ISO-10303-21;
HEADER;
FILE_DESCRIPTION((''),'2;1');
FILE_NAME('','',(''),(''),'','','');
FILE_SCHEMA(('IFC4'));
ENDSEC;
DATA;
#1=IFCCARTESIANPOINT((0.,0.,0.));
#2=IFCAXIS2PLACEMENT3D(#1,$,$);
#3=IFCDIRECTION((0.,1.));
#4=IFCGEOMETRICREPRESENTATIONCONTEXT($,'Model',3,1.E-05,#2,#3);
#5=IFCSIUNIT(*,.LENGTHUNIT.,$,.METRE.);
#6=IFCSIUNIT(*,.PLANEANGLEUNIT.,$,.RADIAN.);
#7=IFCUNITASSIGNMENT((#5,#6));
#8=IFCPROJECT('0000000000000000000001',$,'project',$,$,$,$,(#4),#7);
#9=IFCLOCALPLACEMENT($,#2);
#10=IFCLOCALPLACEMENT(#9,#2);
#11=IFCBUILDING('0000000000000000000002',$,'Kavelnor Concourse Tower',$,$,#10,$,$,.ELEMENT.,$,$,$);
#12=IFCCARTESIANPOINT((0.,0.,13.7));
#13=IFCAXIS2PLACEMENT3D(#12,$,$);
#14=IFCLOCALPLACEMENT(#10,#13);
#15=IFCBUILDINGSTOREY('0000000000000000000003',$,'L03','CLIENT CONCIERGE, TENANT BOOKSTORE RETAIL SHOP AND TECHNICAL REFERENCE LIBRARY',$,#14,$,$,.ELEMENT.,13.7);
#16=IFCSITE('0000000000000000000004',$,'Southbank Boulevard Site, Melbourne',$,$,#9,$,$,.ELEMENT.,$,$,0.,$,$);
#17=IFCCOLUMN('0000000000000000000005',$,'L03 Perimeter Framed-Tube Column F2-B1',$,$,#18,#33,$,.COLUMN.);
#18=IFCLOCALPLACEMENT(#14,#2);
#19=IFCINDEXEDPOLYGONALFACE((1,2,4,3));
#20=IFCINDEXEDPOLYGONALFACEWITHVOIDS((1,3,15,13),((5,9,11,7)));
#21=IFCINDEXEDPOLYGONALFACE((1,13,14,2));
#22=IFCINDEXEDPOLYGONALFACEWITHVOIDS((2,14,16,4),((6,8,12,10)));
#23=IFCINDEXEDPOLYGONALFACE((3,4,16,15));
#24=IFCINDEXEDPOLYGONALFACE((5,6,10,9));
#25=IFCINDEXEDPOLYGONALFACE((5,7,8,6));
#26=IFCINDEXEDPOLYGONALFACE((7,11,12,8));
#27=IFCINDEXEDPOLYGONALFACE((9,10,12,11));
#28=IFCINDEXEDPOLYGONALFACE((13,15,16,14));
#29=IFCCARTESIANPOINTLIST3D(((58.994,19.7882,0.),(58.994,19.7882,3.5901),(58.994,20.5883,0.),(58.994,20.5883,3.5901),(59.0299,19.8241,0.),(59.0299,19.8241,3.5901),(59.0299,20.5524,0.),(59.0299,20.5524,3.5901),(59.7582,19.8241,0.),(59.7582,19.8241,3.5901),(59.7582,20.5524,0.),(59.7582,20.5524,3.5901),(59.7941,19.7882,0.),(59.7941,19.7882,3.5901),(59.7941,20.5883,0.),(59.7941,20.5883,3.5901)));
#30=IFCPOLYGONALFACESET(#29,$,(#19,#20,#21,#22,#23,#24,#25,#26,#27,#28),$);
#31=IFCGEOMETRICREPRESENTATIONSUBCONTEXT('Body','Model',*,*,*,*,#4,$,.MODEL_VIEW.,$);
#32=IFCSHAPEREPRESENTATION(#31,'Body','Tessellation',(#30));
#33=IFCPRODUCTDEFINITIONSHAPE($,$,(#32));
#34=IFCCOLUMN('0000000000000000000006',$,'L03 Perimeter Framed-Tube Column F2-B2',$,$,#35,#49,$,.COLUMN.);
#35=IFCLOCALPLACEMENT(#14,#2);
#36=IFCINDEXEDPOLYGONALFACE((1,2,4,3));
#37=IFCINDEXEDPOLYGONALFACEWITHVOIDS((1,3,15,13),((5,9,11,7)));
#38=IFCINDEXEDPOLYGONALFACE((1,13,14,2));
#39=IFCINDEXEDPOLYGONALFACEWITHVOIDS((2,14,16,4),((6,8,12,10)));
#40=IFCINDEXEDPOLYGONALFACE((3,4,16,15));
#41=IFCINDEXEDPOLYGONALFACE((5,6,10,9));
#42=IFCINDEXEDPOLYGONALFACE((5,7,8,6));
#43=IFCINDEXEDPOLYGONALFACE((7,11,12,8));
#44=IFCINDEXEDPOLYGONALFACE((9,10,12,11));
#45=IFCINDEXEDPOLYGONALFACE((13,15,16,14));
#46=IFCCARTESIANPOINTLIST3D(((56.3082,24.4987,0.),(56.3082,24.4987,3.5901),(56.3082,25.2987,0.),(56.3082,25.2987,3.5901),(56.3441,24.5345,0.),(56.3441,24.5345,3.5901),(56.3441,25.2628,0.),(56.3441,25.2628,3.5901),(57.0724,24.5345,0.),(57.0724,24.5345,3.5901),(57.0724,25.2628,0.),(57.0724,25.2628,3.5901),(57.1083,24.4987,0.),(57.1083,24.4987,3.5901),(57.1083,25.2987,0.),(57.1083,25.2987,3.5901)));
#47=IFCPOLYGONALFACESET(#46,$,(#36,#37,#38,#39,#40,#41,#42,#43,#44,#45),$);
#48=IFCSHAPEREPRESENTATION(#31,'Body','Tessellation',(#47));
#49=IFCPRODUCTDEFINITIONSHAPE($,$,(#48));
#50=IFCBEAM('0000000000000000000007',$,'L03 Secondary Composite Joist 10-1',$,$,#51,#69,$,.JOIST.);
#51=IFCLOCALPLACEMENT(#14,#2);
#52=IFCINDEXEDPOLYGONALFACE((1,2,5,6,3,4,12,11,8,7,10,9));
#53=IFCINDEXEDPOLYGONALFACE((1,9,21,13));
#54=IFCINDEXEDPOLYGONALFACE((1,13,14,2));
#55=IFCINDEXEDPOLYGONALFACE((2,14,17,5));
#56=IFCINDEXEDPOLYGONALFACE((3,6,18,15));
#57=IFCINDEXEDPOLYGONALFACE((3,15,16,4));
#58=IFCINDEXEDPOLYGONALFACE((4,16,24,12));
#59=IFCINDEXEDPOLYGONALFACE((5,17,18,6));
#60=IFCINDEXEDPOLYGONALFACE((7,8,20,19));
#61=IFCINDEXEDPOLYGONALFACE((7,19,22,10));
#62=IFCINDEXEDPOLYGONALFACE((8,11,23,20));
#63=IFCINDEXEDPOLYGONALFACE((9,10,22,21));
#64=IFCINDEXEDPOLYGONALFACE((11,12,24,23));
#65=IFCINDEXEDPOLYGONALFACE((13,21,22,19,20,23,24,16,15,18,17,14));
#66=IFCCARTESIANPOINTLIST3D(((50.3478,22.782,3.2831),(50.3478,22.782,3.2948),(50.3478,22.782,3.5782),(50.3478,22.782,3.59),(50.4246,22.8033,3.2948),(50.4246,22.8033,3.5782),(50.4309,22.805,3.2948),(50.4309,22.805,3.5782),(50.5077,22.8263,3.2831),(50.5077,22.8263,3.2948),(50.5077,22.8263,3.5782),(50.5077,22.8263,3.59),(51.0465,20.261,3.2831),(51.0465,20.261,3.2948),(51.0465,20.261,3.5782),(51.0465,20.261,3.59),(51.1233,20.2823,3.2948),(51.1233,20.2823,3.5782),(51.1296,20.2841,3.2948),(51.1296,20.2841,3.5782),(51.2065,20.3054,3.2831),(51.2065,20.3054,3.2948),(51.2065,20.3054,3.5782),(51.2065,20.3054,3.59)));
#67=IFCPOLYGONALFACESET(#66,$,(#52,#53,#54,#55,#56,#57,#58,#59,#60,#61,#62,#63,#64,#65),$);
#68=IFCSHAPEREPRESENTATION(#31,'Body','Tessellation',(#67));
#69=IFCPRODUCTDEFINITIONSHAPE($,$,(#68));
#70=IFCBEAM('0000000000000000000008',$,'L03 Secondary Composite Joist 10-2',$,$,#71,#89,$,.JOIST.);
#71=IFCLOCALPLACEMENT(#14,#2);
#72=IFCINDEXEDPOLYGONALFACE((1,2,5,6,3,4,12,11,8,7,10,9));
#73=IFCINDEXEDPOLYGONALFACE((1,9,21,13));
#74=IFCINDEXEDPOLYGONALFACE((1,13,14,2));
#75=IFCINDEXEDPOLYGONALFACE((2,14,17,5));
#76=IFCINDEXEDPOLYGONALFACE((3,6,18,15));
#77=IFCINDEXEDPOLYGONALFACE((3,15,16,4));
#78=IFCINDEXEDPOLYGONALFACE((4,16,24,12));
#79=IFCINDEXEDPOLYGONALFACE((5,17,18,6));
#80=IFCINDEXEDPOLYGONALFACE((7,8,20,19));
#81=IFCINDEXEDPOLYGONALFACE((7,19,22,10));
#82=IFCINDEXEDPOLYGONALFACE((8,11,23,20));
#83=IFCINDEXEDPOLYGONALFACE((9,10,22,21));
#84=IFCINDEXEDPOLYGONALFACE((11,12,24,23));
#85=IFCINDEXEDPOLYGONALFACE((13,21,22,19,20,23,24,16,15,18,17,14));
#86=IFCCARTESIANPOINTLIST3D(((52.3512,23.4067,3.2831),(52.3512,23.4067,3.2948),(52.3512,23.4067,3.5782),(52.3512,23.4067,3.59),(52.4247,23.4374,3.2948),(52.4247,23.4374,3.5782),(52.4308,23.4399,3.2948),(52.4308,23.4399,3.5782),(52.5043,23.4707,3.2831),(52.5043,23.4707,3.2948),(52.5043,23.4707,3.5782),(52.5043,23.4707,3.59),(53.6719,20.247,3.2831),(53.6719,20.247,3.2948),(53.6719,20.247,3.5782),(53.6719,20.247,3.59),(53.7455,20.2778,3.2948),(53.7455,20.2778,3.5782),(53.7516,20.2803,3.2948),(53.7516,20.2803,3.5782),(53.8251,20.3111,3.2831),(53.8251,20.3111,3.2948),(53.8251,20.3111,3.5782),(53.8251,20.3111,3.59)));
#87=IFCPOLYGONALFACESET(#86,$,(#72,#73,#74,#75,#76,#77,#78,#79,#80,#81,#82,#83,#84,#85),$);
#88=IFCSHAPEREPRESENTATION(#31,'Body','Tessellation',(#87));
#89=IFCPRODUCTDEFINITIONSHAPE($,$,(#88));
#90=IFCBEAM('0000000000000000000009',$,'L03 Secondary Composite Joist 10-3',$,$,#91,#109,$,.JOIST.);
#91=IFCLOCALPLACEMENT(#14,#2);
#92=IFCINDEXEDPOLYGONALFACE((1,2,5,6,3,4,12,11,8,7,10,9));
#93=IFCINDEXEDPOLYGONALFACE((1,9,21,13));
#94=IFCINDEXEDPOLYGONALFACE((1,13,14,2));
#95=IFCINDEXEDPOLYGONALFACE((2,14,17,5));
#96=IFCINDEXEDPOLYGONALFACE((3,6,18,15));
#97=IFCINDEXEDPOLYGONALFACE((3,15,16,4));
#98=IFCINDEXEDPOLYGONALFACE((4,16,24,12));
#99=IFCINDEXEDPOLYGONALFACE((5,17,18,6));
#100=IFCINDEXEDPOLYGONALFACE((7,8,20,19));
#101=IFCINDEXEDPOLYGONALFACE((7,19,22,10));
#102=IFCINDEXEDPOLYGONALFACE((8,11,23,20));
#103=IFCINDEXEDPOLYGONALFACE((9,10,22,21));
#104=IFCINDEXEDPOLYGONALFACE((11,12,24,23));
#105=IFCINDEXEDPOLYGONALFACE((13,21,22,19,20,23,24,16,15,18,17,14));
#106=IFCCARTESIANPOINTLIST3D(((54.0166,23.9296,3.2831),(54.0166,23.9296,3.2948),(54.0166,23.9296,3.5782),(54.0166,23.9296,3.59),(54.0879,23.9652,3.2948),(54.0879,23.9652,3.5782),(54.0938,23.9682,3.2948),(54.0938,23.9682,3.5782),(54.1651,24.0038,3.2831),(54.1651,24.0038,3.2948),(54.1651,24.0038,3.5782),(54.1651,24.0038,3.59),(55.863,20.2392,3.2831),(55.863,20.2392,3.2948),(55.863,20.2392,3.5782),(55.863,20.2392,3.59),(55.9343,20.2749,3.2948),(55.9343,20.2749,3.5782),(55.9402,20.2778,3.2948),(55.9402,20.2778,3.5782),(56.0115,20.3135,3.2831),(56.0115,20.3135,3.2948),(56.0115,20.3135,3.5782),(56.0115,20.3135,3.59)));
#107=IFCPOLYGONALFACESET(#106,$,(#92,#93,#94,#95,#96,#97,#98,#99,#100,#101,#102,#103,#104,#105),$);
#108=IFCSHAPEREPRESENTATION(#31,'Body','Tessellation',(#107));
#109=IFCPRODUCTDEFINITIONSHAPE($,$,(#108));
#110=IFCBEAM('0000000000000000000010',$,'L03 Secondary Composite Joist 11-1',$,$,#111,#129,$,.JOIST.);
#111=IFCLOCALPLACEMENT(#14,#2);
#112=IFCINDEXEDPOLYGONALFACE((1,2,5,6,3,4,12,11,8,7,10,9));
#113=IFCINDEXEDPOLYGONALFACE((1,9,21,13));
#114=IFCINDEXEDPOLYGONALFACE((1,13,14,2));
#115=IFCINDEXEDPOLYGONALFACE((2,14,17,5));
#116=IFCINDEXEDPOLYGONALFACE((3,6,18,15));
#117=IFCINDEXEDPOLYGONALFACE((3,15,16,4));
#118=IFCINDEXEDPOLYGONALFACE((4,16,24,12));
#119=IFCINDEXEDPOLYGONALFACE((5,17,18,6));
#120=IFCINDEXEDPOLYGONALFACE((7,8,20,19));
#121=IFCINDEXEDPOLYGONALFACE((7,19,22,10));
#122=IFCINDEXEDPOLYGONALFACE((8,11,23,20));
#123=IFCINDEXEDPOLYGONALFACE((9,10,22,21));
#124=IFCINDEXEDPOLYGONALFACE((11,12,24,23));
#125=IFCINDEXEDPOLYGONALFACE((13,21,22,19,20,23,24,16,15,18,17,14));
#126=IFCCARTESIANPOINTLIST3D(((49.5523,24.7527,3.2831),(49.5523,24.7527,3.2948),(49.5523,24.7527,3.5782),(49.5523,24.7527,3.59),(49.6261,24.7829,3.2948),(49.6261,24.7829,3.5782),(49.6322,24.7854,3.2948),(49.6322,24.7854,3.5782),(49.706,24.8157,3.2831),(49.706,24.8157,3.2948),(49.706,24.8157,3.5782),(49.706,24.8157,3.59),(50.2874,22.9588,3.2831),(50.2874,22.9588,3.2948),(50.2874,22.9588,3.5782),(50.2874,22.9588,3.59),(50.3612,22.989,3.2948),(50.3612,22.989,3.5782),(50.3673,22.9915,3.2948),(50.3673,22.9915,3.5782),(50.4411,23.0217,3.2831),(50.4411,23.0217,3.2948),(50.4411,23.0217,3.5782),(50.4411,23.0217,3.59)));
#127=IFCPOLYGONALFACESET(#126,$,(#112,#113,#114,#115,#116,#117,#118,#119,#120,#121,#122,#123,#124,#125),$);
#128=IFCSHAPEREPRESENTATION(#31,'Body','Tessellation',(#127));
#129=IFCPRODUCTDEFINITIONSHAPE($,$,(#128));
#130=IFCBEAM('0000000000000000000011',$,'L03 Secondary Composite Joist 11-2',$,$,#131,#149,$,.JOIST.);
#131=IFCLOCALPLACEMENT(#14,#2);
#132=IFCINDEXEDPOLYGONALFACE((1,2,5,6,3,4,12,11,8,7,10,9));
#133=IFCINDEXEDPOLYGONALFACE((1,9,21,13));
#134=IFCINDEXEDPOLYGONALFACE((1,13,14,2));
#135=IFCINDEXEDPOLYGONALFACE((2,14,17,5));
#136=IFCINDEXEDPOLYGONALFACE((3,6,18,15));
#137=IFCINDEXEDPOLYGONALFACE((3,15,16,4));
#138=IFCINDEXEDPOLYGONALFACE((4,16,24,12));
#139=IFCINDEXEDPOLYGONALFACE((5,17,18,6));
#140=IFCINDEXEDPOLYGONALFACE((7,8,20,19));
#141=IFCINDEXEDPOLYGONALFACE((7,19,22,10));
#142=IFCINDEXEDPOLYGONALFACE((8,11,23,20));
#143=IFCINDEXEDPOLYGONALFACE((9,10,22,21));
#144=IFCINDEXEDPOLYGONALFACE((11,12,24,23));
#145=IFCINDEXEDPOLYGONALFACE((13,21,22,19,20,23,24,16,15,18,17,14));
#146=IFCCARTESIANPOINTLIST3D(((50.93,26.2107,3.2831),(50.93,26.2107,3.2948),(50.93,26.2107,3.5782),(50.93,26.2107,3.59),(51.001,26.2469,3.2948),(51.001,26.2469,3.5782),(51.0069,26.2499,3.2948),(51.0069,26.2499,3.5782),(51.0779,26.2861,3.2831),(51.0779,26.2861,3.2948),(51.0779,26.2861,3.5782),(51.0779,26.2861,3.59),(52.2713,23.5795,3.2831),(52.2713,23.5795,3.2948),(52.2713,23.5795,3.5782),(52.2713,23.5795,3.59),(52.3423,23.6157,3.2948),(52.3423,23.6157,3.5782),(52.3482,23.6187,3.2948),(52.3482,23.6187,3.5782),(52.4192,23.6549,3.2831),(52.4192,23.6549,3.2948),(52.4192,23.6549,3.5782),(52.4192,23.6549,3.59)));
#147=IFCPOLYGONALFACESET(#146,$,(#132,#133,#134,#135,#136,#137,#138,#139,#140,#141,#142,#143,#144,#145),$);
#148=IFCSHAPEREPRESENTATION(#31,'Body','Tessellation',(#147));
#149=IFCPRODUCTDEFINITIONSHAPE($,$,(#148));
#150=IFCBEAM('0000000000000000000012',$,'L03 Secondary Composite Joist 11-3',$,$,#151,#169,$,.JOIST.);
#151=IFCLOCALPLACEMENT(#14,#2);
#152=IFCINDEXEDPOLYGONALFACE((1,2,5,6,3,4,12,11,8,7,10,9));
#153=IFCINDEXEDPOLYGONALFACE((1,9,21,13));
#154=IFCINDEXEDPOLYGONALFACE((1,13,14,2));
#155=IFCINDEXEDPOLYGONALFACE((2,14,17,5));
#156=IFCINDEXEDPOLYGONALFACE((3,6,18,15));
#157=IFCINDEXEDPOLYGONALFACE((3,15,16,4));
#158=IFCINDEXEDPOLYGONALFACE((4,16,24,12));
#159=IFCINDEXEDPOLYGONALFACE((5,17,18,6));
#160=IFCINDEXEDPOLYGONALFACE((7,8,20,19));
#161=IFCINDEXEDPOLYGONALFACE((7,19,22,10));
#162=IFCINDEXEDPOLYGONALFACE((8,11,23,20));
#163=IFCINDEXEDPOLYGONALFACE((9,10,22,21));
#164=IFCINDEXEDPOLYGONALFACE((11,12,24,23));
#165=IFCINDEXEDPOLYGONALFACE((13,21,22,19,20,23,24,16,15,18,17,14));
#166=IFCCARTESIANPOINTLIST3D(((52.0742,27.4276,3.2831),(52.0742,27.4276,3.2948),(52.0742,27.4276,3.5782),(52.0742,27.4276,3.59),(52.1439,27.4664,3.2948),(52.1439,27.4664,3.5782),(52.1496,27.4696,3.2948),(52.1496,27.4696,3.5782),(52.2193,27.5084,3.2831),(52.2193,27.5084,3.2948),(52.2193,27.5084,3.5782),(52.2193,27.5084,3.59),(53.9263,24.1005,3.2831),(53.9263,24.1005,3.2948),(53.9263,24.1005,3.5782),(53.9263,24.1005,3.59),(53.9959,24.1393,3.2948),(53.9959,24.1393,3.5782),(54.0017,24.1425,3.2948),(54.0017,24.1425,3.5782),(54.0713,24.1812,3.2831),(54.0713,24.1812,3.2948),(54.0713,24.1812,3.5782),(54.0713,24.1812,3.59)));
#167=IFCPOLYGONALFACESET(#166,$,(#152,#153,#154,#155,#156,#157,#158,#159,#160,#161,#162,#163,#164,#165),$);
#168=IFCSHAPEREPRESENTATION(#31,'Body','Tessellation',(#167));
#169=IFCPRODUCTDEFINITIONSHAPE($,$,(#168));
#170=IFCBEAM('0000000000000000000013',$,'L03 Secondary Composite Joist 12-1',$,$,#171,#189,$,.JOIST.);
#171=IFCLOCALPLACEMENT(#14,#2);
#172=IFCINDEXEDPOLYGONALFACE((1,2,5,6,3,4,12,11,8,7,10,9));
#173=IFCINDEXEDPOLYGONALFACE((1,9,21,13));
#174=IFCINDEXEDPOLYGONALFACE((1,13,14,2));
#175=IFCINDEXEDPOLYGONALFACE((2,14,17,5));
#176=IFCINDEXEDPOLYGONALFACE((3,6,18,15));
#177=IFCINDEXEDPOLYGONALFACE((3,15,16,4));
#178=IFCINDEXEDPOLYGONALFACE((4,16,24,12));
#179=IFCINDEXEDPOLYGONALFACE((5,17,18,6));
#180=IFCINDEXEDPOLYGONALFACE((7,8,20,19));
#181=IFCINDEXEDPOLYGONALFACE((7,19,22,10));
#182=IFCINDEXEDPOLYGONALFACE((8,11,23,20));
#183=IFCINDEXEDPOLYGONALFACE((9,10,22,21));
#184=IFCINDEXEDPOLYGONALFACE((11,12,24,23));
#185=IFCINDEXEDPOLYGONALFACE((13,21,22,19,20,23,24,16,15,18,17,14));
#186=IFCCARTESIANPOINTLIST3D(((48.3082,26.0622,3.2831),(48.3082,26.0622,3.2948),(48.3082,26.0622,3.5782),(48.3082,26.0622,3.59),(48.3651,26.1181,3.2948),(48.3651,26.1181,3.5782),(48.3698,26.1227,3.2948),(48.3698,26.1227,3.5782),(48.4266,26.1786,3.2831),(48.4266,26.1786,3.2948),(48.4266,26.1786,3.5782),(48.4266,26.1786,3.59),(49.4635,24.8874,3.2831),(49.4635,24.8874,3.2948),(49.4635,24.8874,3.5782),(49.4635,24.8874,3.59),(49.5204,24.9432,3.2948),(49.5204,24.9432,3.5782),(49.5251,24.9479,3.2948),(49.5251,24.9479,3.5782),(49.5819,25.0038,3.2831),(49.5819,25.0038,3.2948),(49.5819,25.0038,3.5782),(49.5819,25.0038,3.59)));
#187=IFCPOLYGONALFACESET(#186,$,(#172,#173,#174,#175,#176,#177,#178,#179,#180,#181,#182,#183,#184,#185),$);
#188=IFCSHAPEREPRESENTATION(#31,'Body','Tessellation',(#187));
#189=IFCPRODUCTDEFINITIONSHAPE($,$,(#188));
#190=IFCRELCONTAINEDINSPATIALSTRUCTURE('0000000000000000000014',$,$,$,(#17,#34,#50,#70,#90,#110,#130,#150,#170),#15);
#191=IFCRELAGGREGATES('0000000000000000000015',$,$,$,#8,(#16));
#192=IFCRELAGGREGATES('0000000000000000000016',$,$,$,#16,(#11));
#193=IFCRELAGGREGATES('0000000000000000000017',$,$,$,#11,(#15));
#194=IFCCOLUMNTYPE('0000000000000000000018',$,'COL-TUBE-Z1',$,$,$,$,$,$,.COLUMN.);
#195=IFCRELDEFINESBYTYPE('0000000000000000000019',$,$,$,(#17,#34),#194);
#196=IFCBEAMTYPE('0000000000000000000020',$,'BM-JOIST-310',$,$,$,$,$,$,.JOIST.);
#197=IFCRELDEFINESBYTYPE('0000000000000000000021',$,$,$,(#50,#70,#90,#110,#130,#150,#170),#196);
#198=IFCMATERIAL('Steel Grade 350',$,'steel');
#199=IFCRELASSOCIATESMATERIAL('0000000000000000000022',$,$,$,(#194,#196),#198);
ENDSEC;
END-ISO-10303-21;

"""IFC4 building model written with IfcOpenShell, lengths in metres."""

from ifc_helpers import new_model, si_unit, direction, frame, origin, origin_2d, place, context, subcontext, project, spatial, hollow_rectangle, i_section, extrude, material, material_profile, profile_set, type_object, element, save


model = new_model("IFC4")

# Units and contexts
model_context = context("Model", 3, precision=1e-05, world=origin(), true_north=direction((0.0, 1.0)))
body_context = subcontext(model_context, "Body", "Model", "MODEL_VIEW")
ifc_project = project(units=[si_unit("LENGTHUNIT", "METRE"), si_unit("PLANEANGLEUNIT", "RADIAN")], contexts=[model_context])

# Site, building, storey
site_placement = place(None, origin())
site = spatial("IfcSite", under=ifc_project, at=site_placement, Name="Southbank Boulevard Site, Melbourne", CompositionType="ELEMENT", RefElevation=0.0)
building_placement = place(site_placement, origin())
building = spatial("IfcBuilding", under=site, at=building_placement, Name="Kavelnor Concourse Tower", CompositionType="ELEMENT")
storey_placement = place(building_placement, frame((0.0, 0.0, 13.7)))
storey = spatial("IfcBuildingStorey", under=building, at=storey_placement, Name="L03", Description="CLIENT CONCIERGE, TENANT BOOKSTORE RETAIL SHOP AND TECHNICAL REFERENCE LIBRARY", CompositionType="ELEMENT", Elevation=13.7)

# Columns
ifc_material_1 = material(Name="Steel Grade 350", Category="steel")
ifc_material_profile_1 = material_profile(ifc_material_1, hollow_rectangle(XDim=0.8, YDim=0.8, WallThickness=0.0359, at=origin_2d()), Name="SHS 800x800x36")
ifc_profile_set_1 = profile_set([ifc_material_profile_1], Name="Steel Grade 350")
column_type = type_object("IfcColumnType", Name="COL-TUBE-Z1", PredefinedType="COLUMN", material=ifc_profile_set_1)
for number, where, z_axis, x_axis, name in (
    (1, (59.394, 20.1882, 0.0), (0.0, 0.0, 1.0), (1.0, 0.0, 0.0), "L03 Perimeter Framed-Tube Column F2-B1"),
    (2, (56.7083, 24.8987, 0.0), (0.0, 0.0, 1.0), (1.0, 0.0, 0.0), "L03 Perimeter Framed-Tube Column F2-B2"),
):
    element("IfcColumn", number, at=place(storey_placement, frame(where, z_axis=z_axis, x_axis=x_axis)), inside=storey, type_object=column_type, Name=name, PredefinedType="COLUMN", context=body_context, shape_type="SweptSolid", body=[
        extrude(hollow_rectangle(XDim=0.8, YDim=0.8, WallThickness=0.0359, at=origin_2d()), origin(), (0.0, 0.0, 1.0), 3.5901),
    ])

# Beams
ifc_material_profile_2 = material_profile(ifc_material_1, i_section(OverallWidth=0.166, OverallDepth=0.3069, WebThickness=0.0066, FlangeThickness=0.0117, at=origin_2d()), Name="310UB46")
ifc_profile_set_2 = profile_set([ifc_material_profile_2], Name="Steel Grade 350")
beam_type_1 = type_object("IfcBeamType", Name="BM-JOIST-310", PredefinedType="JOIST", material=ifc_profile_set_2)
beam_1_placement = place(storey_placement, frame((51.1265, 20.2832, 3.4365), z_axis=(-0.267095, 0.96367, 0.0), x_axis=(-0.96367, -0.267095, 0.0)))
element("IfcBeam", 3, at=beam_1_placement, inside=storey, type_object=beam_type_1, Name="L03 Secondary Composite Joist 10-1", PredefinedType="JOIST", context=body_context, shape_type="SweptSolid", body=[
    extrude(i_section(OverallWidth=0.166, OverallDepth=0.3069, WebThickness=0.0066, FlangeThickness=0.0117, at=origin_2d()), origin(), (0.0, 0.0, 1.0), 2.616),
])
beam_2_placement = place(storey_placement, frame((53.7485, 20.2791, 3.4365), z_axis=(-0.385678, 0.922633, 0.0), x_axis=(-0.922633, -0.385678, 0.0)))
element("IfcBeam", 4, at=beam_2_placement, inside=storey, type_object=beam_type_1, Name="L03 Secondary Composite Joist 10-2", PredefinedType="JOIST", context=body_context, shape_type="SweptSolid", body=[
    extrude(i_section(OverallWidth=0.166, OverallDepth=0.3069, WebThickness=0.0066, FlangeThickness=0.0117, at=origin_2d()), origin(), (0.0, 0.0, 1.0), 3.4246),
])
beam_3_placement = place(storey_placement, frame((55.9373, 20.2764, 3.4365), z_axis=(-0.44745, 0.894309, 0.0), x_axis=(-0.894309, -0.44745, 0.0)))
element("IfcBeam", 5, at=beam_3_placement, inside=storey, type_object=beam_type_1, Name="L03 Secondary Composite Joist 10-3", PredefinedType="JOIST", context=body_context, shape_type="SweptSolid", body=[
    extrude(i_section(OverallWidth=0.166, OverallDepth=0.3069, WebThickness=0.0066, FlangeThickness=0.0117, at=origin_2d()), origin(), (0.0, 0.0, 1.0), 4.1265),
])
beam_4_placement = place(storey_placement, frame((50.3643, 22.9902, 3.4365), z_axis=(-0.379172, 0.925326, 0.0), x_axis=(-0.925326, -0.379172, 0.0)))
element("IfcBeam", 6, at=beam_4_placement, inside=storey, type_object=beam_type_1, Name="L03 Secondary Composite Joist 11-1", PredefinedType="JOIST", context=body_context, shape_type="SweptSolid", body=[
    extrude(i_section(OverallWidth=0.166, OverallDepth=0.3069, WebThickness=0.0066, FlangeThickness=0.0117, at=origin_2d()), origin(), (0.0, 0.0, 1.0), 1.9387),
])
beam_5_placement = place(storey_placement, frame((52.3452, 23.6172, 3.4365), z_axis=(-0.454144, 0.890928, 0.0), x_axis=(-0.890928, -0.454144, 0.0)))
element("IfcBeam", 7, at=beam_5_placement, inside=storey, type_object=beam_type_1, Name="L03 Secondary Composite Joist 11-2", PredefinedType="JOIST", context=body_context, shape_type="SweptSolid", body=[
    extrude(i_section(OverallWidth=0.166, OverallDepth=0.3069, WebThickness=0.0066, FlangeThickness=0.0117, at=origin_2d()), origin(), (0.0, 0.0, 1.0), 2.9534),
])
beam_6_placement = place(storey_placement, frame((53.9988, 24.1409, 3.4365), z_axis=(-0.486372, 0.873752, 0.0), x_axis=(-0.873752, -0.486372, 0.0)))
element("IfcBeam", 8, at=beam_6_placement, inside=storey, type_object=beam_type_1, Name="L03 Secondary Composite Joist 11-3", PredefinedType="JOIST", context=body_context, shape_type="SweptSolid", body=[
    extrude(i_section(OverallWidth=0.166, OverallDepth=0.3069, WebThickness=0.0066, FlangeThickness=0.0117, at=origin_2d()), origin(), (0.0, 0.0, 1.0), 3.8079),
])
beam_7_placement = place(storey_placement, frame((49.5227, 24.9456, 3.4365), z_axis=(-0.701155, 0.713009, 0.0), x_axis=(-0.713009, -0.701155, 0.0)))
element("IfcBeam", 9, at=beam_7_placement, inside=storey, type_object=beam_type_1, Name="L03 Secondary Composite Joist 12-1", PredefinedType="JOIST", context=body_context, shape_type="SweptSolid", body=[
    extrude(i_section(OverallWidth=0.166, OverallDepth=0.3069, WebThickness=0.0066, FlangeThickness=0.0117, at=origin_2d()), origin(), (0.0, 0.0, 1.0), 1.6477),
])

save(model, "model.ifc")
